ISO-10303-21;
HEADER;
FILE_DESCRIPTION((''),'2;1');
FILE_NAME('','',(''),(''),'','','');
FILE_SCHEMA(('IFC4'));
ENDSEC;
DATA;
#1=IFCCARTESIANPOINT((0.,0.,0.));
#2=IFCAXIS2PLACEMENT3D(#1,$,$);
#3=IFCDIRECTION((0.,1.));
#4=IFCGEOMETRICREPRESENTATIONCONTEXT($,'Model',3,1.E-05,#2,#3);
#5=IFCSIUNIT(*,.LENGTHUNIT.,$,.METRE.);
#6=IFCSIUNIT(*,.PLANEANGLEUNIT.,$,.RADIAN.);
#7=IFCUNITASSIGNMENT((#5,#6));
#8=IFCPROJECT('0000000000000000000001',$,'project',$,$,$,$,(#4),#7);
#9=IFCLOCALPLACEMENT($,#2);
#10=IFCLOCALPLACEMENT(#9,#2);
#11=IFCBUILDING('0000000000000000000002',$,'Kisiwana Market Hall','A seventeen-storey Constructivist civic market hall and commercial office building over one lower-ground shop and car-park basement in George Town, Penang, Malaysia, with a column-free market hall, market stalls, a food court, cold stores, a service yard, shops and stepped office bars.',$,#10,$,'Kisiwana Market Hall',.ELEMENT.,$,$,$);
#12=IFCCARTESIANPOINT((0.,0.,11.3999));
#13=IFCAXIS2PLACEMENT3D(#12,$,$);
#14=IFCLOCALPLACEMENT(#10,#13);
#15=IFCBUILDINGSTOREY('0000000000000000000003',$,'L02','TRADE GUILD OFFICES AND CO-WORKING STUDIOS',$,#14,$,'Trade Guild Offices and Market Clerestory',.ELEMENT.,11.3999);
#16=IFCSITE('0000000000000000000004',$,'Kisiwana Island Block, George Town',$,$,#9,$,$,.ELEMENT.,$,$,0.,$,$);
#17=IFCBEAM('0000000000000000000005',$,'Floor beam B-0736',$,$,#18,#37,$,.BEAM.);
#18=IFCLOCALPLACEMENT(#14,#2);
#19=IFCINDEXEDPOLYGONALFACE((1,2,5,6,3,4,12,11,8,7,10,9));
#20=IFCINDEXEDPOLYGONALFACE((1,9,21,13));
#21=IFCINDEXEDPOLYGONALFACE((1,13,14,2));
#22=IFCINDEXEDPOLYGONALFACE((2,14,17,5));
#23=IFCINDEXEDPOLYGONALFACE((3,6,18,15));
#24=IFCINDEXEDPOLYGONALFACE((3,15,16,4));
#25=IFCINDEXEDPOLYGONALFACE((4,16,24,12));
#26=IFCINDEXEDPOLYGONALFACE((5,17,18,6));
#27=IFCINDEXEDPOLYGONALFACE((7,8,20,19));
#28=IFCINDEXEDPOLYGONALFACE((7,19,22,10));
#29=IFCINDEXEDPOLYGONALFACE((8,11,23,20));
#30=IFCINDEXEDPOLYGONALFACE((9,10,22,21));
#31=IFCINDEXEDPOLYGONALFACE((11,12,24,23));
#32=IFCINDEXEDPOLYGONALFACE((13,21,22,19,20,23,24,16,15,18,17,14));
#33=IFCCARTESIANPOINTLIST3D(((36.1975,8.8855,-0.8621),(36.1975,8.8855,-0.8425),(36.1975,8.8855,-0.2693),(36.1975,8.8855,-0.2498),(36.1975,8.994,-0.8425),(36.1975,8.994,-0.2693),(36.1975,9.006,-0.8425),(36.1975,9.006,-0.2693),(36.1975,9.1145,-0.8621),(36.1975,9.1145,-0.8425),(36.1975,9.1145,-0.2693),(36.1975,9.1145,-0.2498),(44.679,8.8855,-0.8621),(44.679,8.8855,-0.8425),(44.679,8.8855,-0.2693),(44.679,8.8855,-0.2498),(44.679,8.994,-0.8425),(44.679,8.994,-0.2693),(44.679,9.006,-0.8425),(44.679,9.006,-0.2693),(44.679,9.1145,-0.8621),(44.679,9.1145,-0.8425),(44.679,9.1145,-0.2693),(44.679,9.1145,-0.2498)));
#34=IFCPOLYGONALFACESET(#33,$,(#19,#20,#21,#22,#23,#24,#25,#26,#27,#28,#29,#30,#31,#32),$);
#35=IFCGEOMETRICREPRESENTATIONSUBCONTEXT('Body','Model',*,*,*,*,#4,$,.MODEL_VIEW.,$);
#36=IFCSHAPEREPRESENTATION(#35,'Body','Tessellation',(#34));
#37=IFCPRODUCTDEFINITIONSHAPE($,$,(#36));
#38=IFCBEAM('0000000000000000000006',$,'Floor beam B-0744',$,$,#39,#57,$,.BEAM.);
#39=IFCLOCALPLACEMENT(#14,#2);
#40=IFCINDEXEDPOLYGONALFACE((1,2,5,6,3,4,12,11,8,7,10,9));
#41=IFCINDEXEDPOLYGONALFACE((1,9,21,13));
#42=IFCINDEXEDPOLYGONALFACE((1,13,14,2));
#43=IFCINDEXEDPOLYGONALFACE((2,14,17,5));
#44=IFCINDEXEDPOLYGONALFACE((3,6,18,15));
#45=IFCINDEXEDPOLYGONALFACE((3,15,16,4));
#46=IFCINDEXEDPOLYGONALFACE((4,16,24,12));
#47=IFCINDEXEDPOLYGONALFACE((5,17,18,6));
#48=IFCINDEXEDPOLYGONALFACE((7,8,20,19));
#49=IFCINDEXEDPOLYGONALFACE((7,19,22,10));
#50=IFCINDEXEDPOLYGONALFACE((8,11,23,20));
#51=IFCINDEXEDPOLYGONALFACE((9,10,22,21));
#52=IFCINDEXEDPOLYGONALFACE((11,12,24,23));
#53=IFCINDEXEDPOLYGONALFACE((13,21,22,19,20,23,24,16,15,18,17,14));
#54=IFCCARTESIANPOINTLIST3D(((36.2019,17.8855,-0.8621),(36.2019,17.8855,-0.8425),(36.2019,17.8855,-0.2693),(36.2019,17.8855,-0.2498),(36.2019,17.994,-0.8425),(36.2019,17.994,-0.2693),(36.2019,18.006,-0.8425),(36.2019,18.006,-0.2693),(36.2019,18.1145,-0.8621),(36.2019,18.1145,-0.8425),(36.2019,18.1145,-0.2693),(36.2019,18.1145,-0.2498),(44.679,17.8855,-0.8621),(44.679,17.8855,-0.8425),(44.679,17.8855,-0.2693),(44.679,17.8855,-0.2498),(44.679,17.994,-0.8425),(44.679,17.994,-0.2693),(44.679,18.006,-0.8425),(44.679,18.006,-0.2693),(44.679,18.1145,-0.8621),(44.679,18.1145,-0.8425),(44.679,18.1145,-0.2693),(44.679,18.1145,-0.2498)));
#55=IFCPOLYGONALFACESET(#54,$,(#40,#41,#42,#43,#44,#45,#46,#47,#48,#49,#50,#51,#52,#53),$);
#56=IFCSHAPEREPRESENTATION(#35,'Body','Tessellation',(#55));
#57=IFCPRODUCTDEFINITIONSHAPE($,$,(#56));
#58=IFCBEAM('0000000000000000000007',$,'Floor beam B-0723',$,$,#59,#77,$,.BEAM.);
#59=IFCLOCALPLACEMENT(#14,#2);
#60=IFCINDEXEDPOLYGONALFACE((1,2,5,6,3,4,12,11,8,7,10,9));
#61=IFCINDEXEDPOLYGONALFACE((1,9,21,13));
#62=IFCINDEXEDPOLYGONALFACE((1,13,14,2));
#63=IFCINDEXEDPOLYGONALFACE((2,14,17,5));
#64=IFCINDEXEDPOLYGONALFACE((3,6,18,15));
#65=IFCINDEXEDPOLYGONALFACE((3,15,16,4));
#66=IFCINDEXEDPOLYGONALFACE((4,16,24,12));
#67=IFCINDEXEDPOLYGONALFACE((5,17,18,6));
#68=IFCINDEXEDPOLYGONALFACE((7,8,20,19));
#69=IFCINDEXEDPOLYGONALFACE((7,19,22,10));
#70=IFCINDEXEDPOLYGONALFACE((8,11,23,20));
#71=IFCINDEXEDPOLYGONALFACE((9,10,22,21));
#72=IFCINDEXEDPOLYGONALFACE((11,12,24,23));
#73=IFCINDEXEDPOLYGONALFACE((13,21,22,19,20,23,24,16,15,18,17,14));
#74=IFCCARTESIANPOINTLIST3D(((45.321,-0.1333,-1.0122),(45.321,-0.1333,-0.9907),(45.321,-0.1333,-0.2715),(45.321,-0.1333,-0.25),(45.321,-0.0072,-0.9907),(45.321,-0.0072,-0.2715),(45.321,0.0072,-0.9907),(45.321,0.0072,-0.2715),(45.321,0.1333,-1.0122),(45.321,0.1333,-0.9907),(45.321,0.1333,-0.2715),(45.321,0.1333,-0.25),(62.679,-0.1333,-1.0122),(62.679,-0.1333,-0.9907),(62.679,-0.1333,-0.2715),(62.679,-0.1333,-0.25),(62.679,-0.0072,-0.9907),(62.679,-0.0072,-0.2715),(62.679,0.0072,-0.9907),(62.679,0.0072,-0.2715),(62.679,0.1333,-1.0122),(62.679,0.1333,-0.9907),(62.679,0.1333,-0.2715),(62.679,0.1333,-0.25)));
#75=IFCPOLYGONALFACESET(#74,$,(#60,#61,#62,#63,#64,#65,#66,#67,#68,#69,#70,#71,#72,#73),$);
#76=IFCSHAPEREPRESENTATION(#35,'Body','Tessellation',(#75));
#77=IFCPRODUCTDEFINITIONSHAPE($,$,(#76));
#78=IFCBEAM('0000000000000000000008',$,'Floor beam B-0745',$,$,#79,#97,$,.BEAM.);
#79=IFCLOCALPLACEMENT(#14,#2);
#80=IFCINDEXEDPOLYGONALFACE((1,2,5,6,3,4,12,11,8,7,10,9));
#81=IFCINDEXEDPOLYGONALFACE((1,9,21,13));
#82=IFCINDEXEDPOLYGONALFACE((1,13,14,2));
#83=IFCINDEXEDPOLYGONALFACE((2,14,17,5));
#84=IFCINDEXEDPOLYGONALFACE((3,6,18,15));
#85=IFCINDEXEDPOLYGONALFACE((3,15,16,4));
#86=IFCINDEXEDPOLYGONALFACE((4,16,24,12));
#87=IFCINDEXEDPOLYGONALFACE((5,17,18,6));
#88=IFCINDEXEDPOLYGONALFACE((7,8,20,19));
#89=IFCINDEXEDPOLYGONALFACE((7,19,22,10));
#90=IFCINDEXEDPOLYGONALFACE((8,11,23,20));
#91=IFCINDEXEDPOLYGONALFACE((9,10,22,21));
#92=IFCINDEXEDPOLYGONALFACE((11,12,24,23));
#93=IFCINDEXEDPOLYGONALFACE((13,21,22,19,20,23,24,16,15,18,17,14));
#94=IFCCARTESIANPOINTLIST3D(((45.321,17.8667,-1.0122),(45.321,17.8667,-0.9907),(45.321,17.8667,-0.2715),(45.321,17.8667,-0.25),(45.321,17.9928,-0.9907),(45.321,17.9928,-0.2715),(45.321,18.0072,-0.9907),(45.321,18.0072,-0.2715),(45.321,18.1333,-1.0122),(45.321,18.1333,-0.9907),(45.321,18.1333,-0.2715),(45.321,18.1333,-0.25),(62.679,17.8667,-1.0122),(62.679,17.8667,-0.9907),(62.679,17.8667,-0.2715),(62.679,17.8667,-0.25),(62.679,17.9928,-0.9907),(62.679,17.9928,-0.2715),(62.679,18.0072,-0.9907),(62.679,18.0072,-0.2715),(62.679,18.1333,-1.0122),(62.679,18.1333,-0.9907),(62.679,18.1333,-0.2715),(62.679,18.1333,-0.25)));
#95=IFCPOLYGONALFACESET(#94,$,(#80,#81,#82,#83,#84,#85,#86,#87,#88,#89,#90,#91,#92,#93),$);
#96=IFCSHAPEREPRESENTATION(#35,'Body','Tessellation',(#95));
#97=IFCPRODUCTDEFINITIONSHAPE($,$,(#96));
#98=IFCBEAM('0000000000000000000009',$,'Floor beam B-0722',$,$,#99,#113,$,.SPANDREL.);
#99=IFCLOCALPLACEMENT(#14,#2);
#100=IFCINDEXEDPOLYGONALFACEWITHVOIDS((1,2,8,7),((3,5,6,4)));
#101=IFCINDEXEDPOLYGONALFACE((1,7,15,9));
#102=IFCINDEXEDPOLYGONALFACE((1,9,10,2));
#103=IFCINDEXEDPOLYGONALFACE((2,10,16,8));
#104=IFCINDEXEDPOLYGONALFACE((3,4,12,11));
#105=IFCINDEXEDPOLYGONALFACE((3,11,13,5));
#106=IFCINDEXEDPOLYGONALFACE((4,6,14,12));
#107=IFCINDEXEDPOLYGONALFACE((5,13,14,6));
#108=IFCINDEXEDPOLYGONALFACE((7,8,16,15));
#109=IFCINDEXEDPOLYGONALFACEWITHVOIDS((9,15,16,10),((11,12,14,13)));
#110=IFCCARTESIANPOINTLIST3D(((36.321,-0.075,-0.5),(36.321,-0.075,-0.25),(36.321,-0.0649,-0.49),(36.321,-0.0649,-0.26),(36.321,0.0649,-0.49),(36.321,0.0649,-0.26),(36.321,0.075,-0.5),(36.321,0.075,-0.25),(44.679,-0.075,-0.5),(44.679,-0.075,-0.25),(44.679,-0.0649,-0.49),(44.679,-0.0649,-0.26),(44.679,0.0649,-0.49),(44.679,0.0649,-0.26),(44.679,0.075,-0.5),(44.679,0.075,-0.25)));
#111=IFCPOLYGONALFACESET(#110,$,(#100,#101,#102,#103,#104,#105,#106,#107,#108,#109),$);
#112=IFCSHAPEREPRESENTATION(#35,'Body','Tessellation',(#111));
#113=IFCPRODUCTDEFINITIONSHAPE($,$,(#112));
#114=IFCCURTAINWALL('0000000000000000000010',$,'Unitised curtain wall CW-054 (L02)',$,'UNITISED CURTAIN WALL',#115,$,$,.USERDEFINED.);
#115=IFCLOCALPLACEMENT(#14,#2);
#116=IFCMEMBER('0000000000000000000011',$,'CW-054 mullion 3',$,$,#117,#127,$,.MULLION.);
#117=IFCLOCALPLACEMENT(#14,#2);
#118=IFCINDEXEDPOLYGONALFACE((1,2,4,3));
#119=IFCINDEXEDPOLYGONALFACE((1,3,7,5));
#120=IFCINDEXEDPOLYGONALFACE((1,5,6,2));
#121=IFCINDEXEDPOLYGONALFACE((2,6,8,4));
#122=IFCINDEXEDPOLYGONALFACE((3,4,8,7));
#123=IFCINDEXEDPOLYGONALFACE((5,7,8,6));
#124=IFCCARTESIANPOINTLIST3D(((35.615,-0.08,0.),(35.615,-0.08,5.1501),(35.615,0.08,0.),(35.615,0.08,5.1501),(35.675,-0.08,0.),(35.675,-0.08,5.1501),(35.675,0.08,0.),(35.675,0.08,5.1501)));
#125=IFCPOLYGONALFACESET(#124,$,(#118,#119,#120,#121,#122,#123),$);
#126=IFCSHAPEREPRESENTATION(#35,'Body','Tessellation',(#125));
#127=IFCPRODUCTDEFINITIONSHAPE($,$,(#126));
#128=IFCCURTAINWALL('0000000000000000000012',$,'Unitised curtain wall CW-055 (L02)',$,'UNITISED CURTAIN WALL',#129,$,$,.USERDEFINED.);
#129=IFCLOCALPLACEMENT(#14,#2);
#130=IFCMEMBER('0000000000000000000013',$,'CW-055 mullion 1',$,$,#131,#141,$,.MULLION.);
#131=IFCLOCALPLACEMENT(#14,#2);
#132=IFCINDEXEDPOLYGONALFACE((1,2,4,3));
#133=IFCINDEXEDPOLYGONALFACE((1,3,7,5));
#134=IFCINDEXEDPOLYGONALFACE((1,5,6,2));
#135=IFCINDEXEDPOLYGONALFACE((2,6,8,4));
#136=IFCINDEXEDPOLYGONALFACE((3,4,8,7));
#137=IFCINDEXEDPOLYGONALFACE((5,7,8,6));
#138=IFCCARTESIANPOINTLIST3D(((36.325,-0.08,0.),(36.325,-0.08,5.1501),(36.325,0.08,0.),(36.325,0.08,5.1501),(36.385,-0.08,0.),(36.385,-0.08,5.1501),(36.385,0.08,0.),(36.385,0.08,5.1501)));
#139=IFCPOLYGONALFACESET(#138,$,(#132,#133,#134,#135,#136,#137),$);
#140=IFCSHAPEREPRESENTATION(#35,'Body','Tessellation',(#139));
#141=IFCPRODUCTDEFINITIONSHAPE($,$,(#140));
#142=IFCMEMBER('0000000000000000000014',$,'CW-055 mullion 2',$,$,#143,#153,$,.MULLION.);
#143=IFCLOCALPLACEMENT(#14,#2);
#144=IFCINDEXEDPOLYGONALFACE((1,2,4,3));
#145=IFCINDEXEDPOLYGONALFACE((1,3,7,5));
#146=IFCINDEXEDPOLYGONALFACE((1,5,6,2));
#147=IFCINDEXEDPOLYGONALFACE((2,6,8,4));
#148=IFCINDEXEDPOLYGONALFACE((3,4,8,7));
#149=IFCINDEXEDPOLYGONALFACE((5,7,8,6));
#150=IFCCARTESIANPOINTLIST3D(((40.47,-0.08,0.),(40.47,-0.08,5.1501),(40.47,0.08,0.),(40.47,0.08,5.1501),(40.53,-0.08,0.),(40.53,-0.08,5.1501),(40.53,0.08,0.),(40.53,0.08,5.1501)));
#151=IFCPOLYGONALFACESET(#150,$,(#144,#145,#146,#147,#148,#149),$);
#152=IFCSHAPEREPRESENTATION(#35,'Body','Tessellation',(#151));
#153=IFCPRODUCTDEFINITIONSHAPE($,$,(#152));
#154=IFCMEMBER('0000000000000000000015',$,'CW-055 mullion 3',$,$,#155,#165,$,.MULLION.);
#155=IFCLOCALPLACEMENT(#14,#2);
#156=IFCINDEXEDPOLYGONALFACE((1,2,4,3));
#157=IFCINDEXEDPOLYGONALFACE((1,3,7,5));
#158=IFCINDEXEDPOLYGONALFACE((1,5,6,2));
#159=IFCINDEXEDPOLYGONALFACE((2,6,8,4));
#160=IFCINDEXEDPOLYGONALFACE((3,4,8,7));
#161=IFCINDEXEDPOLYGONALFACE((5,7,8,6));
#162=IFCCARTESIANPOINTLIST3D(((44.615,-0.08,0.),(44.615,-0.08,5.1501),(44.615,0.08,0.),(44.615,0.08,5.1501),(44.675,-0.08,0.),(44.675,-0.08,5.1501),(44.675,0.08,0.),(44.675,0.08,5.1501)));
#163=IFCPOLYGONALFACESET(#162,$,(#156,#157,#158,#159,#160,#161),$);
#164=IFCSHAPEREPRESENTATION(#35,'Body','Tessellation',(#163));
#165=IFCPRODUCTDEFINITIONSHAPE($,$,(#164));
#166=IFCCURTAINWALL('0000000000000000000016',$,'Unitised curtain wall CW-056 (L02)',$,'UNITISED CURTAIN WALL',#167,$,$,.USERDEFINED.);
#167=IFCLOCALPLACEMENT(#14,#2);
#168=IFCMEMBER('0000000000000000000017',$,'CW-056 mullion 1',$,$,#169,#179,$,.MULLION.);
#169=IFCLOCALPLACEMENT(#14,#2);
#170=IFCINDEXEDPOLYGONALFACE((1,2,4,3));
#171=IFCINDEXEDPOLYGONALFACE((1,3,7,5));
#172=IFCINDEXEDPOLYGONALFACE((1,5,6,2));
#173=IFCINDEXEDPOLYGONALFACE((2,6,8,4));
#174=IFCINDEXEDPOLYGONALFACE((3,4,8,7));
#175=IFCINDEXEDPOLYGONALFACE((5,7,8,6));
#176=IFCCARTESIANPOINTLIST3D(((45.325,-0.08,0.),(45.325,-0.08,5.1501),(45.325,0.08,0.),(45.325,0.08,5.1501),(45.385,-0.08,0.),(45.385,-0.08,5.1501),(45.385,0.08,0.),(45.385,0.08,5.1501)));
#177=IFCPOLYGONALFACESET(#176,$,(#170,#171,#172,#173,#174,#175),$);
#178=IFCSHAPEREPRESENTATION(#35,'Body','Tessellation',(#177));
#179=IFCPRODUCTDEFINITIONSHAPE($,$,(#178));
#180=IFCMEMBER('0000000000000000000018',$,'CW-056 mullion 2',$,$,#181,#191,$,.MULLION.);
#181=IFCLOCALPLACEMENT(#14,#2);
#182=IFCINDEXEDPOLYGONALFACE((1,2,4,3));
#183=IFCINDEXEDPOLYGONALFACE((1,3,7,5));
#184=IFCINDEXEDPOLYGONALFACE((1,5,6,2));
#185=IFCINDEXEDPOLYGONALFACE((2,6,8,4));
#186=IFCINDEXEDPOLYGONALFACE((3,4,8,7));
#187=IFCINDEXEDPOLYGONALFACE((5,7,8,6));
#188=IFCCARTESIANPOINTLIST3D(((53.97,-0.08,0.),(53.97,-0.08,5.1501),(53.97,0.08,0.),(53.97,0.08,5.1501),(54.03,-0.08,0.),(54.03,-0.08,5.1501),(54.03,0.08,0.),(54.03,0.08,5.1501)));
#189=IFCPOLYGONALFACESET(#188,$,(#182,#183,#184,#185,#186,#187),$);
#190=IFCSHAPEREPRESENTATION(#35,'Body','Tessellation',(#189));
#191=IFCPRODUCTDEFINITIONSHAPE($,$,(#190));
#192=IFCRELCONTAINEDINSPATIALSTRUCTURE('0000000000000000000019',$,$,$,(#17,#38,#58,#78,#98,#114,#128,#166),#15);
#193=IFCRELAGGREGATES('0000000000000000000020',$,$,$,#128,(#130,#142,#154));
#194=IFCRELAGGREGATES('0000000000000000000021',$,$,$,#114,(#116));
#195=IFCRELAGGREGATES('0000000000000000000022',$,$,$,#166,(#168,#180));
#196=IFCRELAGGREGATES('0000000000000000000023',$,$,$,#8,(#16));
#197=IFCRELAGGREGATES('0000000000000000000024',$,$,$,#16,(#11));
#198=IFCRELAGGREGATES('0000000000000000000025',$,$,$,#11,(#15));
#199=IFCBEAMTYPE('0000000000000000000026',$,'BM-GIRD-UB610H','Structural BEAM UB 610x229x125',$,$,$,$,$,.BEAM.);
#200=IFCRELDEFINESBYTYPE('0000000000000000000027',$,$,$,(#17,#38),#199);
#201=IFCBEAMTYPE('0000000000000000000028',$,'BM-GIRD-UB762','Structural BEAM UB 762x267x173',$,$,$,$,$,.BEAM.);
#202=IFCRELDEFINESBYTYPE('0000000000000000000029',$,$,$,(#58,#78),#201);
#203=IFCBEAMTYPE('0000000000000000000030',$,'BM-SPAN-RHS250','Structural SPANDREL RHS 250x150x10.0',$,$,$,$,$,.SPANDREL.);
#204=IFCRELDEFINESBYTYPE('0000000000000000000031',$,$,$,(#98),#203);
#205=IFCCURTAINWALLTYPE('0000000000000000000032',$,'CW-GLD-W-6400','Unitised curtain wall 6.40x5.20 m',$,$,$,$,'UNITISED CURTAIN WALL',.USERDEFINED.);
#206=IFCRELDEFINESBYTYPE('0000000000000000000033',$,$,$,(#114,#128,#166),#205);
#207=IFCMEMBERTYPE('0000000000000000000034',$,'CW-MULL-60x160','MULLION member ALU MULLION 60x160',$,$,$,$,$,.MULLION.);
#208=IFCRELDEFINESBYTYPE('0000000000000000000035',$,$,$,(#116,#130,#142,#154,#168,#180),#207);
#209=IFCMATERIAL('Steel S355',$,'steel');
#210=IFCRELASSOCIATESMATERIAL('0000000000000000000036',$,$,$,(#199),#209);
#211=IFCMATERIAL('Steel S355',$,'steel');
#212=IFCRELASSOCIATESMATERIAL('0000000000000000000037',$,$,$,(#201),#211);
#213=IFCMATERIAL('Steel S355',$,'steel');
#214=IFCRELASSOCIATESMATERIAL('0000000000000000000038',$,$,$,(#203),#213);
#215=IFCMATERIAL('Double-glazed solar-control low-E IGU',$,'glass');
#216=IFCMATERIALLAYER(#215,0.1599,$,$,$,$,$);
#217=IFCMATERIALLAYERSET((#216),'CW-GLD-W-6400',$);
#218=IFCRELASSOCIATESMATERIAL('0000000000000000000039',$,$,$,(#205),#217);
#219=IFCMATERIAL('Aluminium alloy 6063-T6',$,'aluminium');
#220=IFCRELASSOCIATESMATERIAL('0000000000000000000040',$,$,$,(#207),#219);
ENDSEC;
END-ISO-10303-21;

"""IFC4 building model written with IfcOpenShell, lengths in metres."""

from ifc_helpers import new_model, si_unit, direction, frame, origin, origin_2d, place, context, subcontext, project, spatial, rectangle, hollow_rectangle, i_section, extrude, material, layer, layer_set, material_profile, profile_set, type_object, element, aggregate, save


model = new_model("IFC4")

# Units and contexts
model_context = context("Model", 3, precision=1e-05, world=origin(), true_north=direction((0.0, 1.0)))
body_context = subcontext(model_context, "Body", "Model", "MODEL_VIEW")
ifc_project = project(units=[si_unit("LENGTHUNIT", "METRE"), si_unit("PLANEANGLEUNIT", "RADIAN")], contexts=[model_context])

# Site, building, storey
site_placement = place(None, origin())
site = spatial("IfcSite", under=ifc_project, at=site_placement, Name="Kisiwana Island Block, George Town", CompositionType="ELEMENT", RefElevation=0.0)
building_placement = place(site_placement, origin())
building = spatial("IfcBuilding", under=site, at=building_placement, Name="Kisiwana Market Hall", Description="A seventeen-storey Constructivist civic market hall and commercial office building over one lower-ground shop and car-park basement in George Town, Penang, Malaysia, with a column-free market hall, market stalls, a food court, cold stores, a service yard, shops and stepped office bars.", LongName="Kisiwana Market Hall", CompositionType="ELEMENT")
storey_placement = place(building_placement, frame((0.0, 0.0, 11.3999)))
storey = spatial("IfcBuildingStorey", under=building, at=storey_placement, Name="L02", Description="TRADE GUILD OFFICES AND CO-WORKING STUDIOS", LongName="Trade Guild Offices and Market Clerestory", CompositionType="ELEMENT", Elevation=11.3999)

# Beams
ifc_material_1 = material(Name="Steel S355", Category="steel")
ifc_material_profile_1 = material_profile(ifc_material_1, i_section(OverallWidth=0.229, OverallDepth=0.6123, WebThickness=0.012, FlangeThickness=0.0195, at=origin_2d()), Name="UB 610x229x125")
ifc_profile_set_1 = profile_set([ifc_material_profile_1], Name="Steel S355")
beam_type_1 = type_object("IfcBeamType", Name="BM-GIRD-UB610H", Description="Structural BEAM UB 610x229x125", PredefinedType="BEAM", material=ifc_profile_set_1)
beam_1_placement = place(storey_placement, frame((36.1975, 9.0, -0.5559), z_axis=(1.0, 0.0, 0.0), x_axis=(0.0, 1.0, 0.0)))
element("IfcBeam", 1, at=beam_1_placement, inside=storey, type_object=beam_type_1, Name="Floor beam B-0736", PredefinedType="BEAM", context=body_context, shape_type="SweptSolid", body=[
    extrude(i_section(OverallWidth=0.229, OverallDepth=0.6123, WebThickness=0.012, FlangeThickness=0.0195, at=origin_2d()), origin(), (0.0, 0.0, 1.0), 8.4814),
])
beam_2_placement = place(storey_placement, frame((36.2019, 18.0, -0.5559), z_axis=(1.0, 0.0, 0.0), x_axis=(0.0, 1.0, 0.0)))
element("IfcBeam", 2, at=beam_2_placement, inside=storey, type_object=beam_type_1, Name="Floor beam B-0744", PredefinedType="BEAM", context=body_context, shape_type="SweptSolid", body=[
    extrude(i_section(OverallWidth=0.229, OverallDepth=0.6123, WebThickness=0.012, FlangeThickness=0.0195, at=origin_2d()), origin(), (0.0, 0.0, 1.0), 8.4771),
])
ifc_material_2 = material(Name="Steel S355", Category="steel")
ifc_material_profile_2 = material_profile(ifc_material_2, i_section(OverallWidth=0.2666, OverallDepth=0.7622, WebThickness=0.0144, FlangeThickness=0.0215, at=origin_2d()), Name="UB 762x267x173")
ifc_profile_set_2 = profile_set([ifc_material_profile_2], Name="Steel S355")
beam_type_2 = type_object("IfcBeamType", Name="BM-GIRD-UB762", Description="Structural BEAM UB 762x267x173", PredefinedType="BEAM", material=ifc_profile_set_2)
for number, where, z_axis, x_axis, name in (
    (3, (45.321, 0.0, -0.6311), (1.0, 0.0, 0.0), (0.0, 1.0, 0.0), "Floor beam B-0723"),
    (4, (45.321, 18.0, -0.6311), (1.0, 0.0, 0.0), (0.0, 1.0, 0.0), "Floor beam B-0745"),
):
    element("IfcBeam", number, at=place(storey_placement, frame(where, z_axis=z_axis, x_axis=x_axis)), inside=storey, type_object=beam_type_2, Name=name, PredefinedType="BEAM", context=body_context, shape_type="SweptSolid", body=[
        extrude(i_section(OverallWidth=0.2666, OverallDepth=0.7622, WebThickness=0.0144, FlangeThickness=0.0215, at=origin_2d()), origin(), (0.0, 0.0, 1.0), 17.3579),
    ])
ifc_material_3 = material(Name="Steel S355", Category="steel")
ifc_material_profile_3 = material_profile(ifc_material_3, hollow_rectangle(XDim=0.1499, YDim=0.25, WallThickness=0.01, at=origin_2d()), Name="RHS 250x150x10.0")
ifc_profile_set_3 = profile_set([ifc_material_profile_3], Name="Steel S355")
beam_type_3 = type_object("IfcBeamType", Name="BM-SPAN-RHS250", Description="Structural SPANDREL RHS 250x150x10.0", PredefinedType="SPANDREL", material=ifc_profile_set_3)
beam_3_placement = place(storey_placement, frame((36.321, 0.0, -0.375), z_axis=(1.0, 0.0, 0.0), x_axis=(0.0, 1.0, 0.0)))
element("IfcBeam", 5, at=beam_3_placement, inside=storey, type_object=beam_type_3, Name="Floor beam B-0722", PredefinedType="SPANDREL", context=body_context, shape_type="SweptSolid", body=[
    extrude(hollow_rectangle(XDim=0.1499, YDim=0.25, WallThickness=0.01, at=origin_2d()), origin(), (0.0, 0.0, 1.0), 8.3579),
])

# Curtain wall, member
ifc_material_4 = material(Name="Double-glazed solar-control low-E IGU", Category="glass")
ifc_layer_1 = layer(ifc_material_4, 0.1599)
ifc_layer_set_1 = layer_set([ifc_layer_1], Name="CW-GLD-W-6400")
curtain_wall_type = type_object("IfcCurtainWallType", Name="CW-GLD-W-6400", Description="Unitised curtain wall 6.40x5.20 m", ElementType="UNITISED CURTAIN WALL", PredefinedType="USERDEFINED", material=ifc_layer_set_1)
curtain_wall_1_placement = place(storey_placement, origin())
curtain_wall_1 = element("IfcCurtainWall", 6, at=curtain_wall_1_placement, inside=storey, type_object=curtain_wall_type, Name="Unitised curtain wall CW-054 (L02)", ObjectType="UNITISED CURTAIN WALL", PredefinedType="USERDEFINED")
ifc_material_5 = material(Name="Aluminium alloy 6063-T6", Category="aluminium")
ifc_material_profile_4 = material_profile(ifc_material_5, rectangle(XDim=0.0601, YDim=0.1599, at=origin_2d()), Name="ALU MULLION 60x160")
ifc_profile_set_4 = profile_set([ifc_material_profile_4], Name="Aluminium alloy 6063-T6")
member_type_1 = type_object("IfcMemberType", Name="CW-MULL-60x160", Description="MULLION member ALU MULLION 60x160", PredefinedType="MULLION", material=ifc_profile_set_4)
member_1_placement = place(storey_placement, frame((35.645, 0.0, 0.0), z_axis=(0.0, 0.0, 1.0), x_axis=(1.0, 0.0, 0.0)))
member_1 = element("IfcMember", 7, at=member_1_placement, type_object=member_type_1, Name="CW-054 mullion 3", PredefinedType="MULLION", context=body_context, shape_type="SweptSolid", body=[
    extrude(rectangle(XDim=0.0601, YDim=0.1599, at=origin_2d()), origin(), (0.0, 0.0, 1.0), 5.1501),
])

# Curtain walls, members
curtain_wall_2_placement = place(storey_placement, origin())
curtain_wall_2 = element("IfcCurtainWall", 8, at=curtain_wall_2_placement, inside=storey, type_object=curtain_wall_type, Name="Unitised curtain wall CW-055 (L02)", ObjectType="UNITISED CURTAIN WALL", PredefinedType="USERDEFINED")
member_2_placement = place(storey_placement, frame((36.355, 0.0, 0.0), z_axis=(0.0, 0.0, 1.0), x_axis=(1.0, 0.0, 0.0)))
member_2 = element("IfcMember", 9, at=member_2_placement, type_object=member_type_1, Name="CW-055 mullion 1", PredefinedType="MULLION", context=body_context, shape_type="SweptSolid", body=[
    extrude(rectangle(XDim=0.0601, YDim=0.1599, at=origin_2d()), origin(), (0.0, 0.0, 1.0), 5.1501),
])
member_3_placement = place(storey_placement, frame((40.5, 0.0, 0.0), z_axis=(0.0, 0.0, 1.0), x_axis=(1.0, 0.0, 0.0)))
member_3 = element("IfcMember", 10, at=member_3_placement, type_object=member_type_1, Name="CW-055 mullion 2", PredefinedType="MULLION", context=body_context, shape_type="SweptSolid", body=[
    extrude(rectangle(XDim=0.0601, YDim=0.1599, at=origin_2d()), origin(), (0.0, 0.0, 1.0), 5.1501),
])
member_4_placement = place(storey_placement, frame((44.645, 0.0, 0.0), z_axis=(0.0, 0.0, 1.0), x_axis=(1.0, 0.0, 0.0)))
member_4 = element("IfcMember", 11, at=member_4_placement, type_object=member_type_1, Name="CW-055 mullion 3", PredefinedType="MULLION", context=body_context, shape_type="SweptSolid", body=[
    extrude(rectangle(XDim=0.0601, YDim=0.1599, at=origin_2d()), origin(), (0.0, 0.0, 1.0), 5.1501),
])
curtain_wall_3_placement = place(storey_placement, origin())
curtain_wall_3 = element("IfcCurtainWall", 12, at=curtain_wall_3_placement, inside=storey, type_object=curtain_wall_type, Name="Unitised curtain wall CW-056 (L02)", ObjectType="UNITISED CURTAIN WALL", PredefinedType="USERDEFINED")
member_5_placement = place(storey_placement, frame((45.355, 0.0, 0.0), z_axis=(0.0, 0.0, 1.0), x_axis=(1.0, 0.0, 0.0)))
member_5 = element("IfcMember", 13, at=member_5_placement, type_object=member_type_1, Name="CW-056 mullion 1", PredefinedType="MULLION", context=body_context, shape_type="SweptSolid", body=[
    extrude(rectangle(XDim=0.0601, YDim=0.1599, at=origin_2d()), origin(), (0.0, 0.0, 1.0), 5.1501),
])
member_6_placement = place(storey_placement, frame((54.0, 0.0, 0.0), z_axis=(0.0, 0.0, 1.0), x_axis=(1.0, 0.0, 0.0)))
member_6 = element("IfcMember", 14, at=member_6_placement, type_object=member_type_1, Name="CW-056 mullion 2", PredefinedType="MULLION", context=body_context, shape_type="SweptSolid", body=[
    extrude(rectangle(XDim=0.0601, YDim=0.1599, at=origin_2d()), origin(), (0.0, 0.0, 1.0), 5.1501),
])

aggregate(curtain_wall_2, [member_2, member_3, member_4])
aggregate(curtain_wall_1, [member_1])
aggregate(curtain_wall_3, [member_5, member_6])

save(model, "model.ifc")
